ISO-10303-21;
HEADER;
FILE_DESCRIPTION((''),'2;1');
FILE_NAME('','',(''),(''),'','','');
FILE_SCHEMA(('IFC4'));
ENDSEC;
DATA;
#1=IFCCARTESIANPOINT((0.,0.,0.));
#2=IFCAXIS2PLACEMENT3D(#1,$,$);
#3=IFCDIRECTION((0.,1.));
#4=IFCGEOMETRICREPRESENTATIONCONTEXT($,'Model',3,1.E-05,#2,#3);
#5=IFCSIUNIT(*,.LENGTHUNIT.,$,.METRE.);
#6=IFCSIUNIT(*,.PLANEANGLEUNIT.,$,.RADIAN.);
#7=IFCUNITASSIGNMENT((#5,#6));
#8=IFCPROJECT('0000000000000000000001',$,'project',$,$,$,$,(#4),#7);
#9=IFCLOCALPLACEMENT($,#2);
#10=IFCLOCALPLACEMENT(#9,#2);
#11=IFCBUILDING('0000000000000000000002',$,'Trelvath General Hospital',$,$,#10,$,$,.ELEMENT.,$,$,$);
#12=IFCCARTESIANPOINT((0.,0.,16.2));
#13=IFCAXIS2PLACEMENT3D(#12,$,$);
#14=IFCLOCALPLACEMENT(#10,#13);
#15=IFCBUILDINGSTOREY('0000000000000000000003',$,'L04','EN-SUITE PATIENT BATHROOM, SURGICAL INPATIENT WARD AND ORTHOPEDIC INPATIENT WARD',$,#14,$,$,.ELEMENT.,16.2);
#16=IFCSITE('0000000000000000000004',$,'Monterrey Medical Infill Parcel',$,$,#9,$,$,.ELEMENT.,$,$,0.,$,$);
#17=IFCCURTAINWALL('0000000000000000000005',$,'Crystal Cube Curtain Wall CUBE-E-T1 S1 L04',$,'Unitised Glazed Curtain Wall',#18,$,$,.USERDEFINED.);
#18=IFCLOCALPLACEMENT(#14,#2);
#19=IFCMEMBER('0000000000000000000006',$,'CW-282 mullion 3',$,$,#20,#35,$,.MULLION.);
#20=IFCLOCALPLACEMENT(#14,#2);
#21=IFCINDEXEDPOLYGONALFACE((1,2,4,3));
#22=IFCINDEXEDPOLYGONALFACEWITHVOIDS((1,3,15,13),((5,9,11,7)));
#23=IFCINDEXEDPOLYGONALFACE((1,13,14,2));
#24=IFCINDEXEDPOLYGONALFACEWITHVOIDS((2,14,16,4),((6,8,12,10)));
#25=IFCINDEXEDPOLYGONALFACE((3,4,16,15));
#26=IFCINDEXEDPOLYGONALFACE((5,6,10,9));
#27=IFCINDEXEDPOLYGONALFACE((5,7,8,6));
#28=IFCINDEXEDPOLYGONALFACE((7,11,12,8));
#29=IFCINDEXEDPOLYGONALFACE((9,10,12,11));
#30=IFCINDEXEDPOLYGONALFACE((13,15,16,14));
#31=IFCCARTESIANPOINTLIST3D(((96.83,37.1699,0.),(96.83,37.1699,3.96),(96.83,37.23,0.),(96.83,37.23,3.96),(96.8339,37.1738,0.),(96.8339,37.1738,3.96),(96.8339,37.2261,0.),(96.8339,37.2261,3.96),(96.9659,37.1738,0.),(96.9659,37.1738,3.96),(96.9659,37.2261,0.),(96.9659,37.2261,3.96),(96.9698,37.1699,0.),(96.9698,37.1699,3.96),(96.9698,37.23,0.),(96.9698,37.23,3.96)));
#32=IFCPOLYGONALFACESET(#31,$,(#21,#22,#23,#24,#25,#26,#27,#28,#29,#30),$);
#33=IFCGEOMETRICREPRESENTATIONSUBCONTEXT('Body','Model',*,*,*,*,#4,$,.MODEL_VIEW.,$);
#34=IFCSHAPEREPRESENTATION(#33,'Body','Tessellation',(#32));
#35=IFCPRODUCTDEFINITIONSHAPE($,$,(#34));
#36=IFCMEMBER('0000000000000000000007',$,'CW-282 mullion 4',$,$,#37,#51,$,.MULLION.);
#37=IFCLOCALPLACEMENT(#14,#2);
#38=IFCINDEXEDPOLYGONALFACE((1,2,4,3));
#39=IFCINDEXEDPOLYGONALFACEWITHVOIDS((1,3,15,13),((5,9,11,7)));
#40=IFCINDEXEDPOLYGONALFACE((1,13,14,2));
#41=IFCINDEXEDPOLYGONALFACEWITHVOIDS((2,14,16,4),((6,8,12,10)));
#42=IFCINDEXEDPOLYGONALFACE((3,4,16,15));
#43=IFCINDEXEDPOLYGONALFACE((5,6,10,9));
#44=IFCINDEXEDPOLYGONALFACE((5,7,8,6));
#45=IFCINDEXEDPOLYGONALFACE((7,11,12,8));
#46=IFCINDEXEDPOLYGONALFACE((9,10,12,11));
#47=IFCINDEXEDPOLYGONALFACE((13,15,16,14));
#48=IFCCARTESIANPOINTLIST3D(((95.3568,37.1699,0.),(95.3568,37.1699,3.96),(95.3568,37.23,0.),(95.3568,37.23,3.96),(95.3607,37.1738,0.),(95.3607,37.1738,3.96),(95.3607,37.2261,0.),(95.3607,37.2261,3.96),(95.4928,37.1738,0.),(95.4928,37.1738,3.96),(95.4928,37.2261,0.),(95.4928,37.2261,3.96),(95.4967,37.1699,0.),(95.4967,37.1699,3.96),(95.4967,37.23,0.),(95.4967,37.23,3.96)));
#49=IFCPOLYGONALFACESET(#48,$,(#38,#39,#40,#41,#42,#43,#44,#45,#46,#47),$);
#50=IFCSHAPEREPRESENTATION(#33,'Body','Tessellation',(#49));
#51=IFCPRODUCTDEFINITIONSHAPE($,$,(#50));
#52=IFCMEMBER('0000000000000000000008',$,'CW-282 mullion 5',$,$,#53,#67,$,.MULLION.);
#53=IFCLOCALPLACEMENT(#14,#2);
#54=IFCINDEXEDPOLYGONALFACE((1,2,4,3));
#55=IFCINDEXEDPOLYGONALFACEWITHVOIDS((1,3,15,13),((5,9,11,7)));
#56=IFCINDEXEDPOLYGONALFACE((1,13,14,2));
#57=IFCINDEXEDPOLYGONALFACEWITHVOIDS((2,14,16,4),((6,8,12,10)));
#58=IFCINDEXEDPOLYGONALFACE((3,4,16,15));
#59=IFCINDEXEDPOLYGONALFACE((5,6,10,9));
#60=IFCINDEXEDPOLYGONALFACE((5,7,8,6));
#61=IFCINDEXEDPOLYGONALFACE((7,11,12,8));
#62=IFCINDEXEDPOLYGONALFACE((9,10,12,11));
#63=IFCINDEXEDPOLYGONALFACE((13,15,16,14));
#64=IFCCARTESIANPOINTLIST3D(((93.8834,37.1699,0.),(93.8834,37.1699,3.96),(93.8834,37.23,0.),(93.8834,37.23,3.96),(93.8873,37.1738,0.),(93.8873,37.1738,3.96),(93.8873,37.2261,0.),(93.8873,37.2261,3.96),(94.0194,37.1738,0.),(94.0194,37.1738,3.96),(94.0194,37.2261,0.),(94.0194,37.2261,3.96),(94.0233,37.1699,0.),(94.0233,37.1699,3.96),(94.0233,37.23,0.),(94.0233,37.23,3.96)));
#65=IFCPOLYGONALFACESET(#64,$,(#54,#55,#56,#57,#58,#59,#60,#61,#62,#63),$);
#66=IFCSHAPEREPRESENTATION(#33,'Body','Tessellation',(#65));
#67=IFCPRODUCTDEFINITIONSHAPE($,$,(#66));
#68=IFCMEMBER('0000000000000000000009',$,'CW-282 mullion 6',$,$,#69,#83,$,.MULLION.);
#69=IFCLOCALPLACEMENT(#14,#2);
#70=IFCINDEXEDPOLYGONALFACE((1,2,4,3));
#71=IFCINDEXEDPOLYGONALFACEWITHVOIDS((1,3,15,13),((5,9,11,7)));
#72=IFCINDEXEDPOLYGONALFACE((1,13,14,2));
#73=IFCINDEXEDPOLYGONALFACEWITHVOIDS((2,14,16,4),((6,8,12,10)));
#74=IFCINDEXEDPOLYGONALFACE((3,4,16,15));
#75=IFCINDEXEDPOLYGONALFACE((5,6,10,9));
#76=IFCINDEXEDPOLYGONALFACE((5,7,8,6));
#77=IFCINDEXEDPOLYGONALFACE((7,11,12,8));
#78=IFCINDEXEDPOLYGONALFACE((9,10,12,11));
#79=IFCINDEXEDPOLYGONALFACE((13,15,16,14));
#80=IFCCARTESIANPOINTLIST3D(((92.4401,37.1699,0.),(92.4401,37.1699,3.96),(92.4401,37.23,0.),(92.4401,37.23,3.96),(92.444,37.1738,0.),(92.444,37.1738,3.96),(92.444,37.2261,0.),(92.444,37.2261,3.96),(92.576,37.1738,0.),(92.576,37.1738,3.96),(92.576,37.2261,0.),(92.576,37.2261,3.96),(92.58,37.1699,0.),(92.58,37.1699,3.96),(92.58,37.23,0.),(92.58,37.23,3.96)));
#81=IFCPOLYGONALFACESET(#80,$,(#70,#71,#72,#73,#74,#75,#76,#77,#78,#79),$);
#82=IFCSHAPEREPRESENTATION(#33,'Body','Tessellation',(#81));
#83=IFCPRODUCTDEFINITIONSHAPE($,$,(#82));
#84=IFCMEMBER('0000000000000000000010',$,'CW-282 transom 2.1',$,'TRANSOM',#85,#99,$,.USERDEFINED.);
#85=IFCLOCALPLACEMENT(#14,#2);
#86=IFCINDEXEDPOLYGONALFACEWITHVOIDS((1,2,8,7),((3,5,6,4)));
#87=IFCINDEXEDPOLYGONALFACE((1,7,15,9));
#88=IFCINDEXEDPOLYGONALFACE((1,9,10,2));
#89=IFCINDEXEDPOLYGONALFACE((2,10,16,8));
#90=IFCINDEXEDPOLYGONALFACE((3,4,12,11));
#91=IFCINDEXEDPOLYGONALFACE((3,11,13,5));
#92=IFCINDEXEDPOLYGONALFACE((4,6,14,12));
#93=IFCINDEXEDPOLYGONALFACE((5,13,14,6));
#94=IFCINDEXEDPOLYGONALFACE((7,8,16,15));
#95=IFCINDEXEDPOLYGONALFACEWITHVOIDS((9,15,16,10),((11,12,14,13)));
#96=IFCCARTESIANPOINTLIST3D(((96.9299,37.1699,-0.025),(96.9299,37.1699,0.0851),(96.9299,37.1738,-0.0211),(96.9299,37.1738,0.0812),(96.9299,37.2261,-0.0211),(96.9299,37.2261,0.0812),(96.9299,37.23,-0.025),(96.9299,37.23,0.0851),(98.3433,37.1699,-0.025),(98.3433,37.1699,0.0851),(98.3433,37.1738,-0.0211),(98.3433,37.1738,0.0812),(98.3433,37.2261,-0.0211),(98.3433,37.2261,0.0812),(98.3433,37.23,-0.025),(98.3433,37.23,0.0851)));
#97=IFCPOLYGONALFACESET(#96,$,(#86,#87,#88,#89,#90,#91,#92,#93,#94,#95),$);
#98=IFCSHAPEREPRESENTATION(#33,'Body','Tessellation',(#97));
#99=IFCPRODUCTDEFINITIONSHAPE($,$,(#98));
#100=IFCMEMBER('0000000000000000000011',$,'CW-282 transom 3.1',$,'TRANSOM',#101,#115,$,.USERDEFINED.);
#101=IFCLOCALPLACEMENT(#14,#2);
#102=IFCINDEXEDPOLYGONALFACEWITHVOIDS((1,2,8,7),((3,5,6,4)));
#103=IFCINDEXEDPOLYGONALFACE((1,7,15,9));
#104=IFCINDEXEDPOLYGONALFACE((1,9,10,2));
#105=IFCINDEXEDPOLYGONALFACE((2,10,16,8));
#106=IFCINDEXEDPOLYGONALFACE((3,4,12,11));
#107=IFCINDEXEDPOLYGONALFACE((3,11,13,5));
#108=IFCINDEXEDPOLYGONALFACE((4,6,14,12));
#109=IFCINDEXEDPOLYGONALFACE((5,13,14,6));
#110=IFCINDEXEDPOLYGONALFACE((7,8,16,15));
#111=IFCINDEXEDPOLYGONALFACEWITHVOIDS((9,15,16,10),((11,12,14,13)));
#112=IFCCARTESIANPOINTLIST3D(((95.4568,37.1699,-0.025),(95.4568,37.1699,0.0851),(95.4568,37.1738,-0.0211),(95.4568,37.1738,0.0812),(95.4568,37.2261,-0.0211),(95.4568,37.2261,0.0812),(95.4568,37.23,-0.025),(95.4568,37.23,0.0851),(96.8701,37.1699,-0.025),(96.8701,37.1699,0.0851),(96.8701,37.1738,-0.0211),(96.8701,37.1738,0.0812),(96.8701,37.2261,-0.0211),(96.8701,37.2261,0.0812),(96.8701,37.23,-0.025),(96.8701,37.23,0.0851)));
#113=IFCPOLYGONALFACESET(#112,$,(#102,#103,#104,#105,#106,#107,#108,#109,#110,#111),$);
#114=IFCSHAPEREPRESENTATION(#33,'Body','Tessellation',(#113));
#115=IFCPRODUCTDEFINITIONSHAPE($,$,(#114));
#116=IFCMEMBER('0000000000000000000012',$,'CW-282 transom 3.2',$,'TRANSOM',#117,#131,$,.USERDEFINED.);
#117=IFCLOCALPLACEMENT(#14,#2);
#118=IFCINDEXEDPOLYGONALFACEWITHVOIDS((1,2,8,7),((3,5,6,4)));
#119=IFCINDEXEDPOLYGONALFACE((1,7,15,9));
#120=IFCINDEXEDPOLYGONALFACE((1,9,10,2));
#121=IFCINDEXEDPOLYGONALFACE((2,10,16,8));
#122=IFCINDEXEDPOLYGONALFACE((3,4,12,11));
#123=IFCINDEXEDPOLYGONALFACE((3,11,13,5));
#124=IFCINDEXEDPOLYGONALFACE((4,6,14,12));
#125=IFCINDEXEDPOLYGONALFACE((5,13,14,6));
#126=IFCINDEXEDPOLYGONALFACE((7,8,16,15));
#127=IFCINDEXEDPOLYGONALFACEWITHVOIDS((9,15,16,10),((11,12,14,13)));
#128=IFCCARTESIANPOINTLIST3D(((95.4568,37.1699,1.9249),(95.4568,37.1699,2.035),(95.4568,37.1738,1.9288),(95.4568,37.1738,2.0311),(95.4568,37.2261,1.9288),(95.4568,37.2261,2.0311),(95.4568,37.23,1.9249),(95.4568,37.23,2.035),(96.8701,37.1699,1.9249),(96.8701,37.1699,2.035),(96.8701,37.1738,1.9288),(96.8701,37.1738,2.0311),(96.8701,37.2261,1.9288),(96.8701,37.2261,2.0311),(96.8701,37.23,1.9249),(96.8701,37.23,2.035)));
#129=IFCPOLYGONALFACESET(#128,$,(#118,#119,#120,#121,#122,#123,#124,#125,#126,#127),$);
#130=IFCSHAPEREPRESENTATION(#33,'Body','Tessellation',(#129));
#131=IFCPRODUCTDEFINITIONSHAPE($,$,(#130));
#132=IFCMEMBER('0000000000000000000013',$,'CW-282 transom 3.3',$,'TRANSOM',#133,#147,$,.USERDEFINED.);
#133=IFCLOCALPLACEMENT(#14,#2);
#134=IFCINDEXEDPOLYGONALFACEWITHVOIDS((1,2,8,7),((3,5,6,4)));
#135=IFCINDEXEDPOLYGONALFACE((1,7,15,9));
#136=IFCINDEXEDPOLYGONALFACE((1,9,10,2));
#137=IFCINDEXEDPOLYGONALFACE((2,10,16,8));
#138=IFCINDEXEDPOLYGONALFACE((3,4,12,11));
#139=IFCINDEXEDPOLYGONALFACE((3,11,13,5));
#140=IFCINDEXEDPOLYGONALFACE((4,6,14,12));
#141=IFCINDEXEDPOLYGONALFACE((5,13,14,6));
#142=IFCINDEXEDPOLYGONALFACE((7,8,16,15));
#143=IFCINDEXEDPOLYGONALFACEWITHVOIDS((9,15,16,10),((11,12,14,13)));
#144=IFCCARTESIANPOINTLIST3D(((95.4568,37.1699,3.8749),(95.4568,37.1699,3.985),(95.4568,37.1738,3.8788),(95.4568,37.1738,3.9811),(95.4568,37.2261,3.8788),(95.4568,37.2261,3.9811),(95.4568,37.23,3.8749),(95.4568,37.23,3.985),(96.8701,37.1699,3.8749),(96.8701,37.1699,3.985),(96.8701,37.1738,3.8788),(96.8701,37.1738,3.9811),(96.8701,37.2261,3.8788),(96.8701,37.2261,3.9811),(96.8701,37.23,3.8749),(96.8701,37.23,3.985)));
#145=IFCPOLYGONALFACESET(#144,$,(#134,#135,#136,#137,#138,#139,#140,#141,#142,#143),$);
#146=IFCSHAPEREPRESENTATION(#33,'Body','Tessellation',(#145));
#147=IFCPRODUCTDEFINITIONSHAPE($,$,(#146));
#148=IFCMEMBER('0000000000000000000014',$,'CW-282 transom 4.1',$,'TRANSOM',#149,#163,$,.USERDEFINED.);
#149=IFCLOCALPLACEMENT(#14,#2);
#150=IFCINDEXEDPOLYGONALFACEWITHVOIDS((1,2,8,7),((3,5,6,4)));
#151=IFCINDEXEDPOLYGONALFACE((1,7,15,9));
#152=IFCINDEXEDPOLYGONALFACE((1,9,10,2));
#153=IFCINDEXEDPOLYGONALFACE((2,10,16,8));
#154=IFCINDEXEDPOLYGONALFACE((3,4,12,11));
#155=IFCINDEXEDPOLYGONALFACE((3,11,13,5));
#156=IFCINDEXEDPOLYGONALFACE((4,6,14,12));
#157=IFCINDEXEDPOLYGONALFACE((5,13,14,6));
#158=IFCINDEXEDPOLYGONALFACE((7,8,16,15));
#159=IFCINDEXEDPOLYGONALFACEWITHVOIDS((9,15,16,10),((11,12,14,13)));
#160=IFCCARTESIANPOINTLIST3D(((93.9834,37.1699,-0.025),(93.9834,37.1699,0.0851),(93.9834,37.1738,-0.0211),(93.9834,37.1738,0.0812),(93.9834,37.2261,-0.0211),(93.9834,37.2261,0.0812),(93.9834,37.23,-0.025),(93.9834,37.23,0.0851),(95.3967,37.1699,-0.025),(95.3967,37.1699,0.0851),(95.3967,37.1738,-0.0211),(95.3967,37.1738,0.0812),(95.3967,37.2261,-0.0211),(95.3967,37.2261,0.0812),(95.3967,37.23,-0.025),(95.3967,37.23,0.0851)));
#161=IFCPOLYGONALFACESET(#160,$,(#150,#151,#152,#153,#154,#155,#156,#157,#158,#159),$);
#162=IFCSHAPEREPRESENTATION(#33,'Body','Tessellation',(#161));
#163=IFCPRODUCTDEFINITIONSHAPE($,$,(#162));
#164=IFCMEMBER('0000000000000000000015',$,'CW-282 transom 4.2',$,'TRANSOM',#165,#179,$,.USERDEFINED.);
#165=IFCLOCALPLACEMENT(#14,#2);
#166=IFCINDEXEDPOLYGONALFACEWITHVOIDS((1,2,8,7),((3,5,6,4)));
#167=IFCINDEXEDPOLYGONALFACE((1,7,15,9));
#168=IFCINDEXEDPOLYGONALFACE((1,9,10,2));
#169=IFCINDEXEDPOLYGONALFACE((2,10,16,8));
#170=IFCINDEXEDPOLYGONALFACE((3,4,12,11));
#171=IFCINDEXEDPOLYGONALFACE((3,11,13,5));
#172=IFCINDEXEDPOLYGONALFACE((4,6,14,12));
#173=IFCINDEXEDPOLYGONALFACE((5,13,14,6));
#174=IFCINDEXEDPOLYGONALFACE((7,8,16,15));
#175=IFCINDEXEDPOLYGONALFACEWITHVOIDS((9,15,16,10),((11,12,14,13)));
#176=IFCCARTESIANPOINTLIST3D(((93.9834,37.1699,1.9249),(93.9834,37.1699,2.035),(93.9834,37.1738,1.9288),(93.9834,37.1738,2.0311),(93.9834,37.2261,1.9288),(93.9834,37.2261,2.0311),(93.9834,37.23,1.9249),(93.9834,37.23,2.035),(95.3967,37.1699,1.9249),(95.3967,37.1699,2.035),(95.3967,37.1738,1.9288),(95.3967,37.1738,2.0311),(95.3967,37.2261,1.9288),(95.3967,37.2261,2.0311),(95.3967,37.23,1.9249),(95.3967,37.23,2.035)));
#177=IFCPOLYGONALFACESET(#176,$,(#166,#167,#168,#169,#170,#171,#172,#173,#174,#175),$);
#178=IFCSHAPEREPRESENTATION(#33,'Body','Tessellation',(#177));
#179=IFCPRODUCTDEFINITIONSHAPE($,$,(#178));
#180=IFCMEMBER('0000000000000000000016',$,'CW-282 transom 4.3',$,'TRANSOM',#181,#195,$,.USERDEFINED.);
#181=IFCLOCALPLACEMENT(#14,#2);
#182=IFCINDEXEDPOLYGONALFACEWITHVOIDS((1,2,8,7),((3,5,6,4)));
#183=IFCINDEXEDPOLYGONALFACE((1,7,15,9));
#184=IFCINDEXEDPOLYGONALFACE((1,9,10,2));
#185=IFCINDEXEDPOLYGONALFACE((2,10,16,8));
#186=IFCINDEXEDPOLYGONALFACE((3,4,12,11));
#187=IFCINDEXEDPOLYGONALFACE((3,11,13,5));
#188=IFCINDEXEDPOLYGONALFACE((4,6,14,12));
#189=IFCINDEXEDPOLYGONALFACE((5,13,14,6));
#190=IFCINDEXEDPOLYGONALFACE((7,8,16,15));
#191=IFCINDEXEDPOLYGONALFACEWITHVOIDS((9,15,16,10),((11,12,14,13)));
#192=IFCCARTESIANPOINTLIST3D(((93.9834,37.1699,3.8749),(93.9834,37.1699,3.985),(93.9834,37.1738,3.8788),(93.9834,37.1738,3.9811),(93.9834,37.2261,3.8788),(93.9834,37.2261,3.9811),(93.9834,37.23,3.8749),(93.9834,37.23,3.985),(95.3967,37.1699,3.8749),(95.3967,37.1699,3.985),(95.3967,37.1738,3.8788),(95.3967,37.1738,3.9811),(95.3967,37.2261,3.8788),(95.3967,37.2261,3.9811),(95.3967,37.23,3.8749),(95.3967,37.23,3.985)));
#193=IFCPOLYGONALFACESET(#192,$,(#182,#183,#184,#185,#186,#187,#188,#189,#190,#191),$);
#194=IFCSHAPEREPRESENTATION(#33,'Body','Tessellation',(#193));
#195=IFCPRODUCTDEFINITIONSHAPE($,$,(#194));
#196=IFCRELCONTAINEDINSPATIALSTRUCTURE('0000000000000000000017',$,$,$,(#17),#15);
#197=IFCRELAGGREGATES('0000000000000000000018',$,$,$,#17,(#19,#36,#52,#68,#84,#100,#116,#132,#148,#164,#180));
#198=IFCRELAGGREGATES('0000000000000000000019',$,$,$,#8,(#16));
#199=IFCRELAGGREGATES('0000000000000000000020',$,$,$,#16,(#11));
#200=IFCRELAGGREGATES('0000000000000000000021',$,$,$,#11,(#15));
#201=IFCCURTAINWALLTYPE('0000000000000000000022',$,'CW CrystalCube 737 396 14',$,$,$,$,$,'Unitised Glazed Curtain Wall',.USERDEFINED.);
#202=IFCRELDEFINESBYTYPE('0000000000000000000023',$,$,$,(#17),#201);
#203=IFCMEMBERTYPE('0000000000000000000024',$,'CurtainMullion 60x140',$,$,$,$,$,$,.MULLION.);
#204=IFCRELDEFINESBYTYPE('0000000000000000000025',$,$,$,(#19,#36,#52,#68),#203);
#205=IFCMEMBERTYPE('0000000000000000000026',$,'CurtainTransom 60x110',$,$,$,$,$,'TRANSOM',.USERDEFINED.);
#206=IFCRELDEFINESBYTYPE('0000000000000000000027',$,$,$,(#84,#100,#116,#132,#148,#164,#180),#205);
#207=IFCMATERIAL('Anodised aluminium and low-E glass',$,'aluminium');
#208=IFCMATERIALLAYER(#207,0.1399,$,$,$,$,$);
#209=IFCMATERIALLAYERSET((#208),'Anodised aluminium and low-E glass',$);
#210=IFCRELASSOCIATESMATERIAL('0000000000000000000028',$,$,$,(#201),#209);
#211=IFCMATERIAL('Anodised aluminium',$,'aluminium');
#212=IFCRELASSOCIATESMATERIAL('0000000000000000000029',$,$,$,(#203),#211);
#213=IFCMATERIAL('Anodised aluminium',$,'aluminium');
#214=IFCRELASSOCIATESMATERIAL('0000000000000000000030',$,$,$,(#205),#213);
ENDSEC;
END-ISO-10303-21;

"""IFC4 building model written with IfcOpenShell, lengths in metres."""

from ifc_helpers import new_model, si_unit, direction, frame, origin, origin_2d, place, context, subcontext, project, spatial, hollow_rectangle, extrude, material, layer, layer_set, material_profile, profile_set, type_object, element, aggregate, save


model = new_model("IFC4")

# Units and contexts
model_context = context("Model", 3, precision=1e-05, world=origin(), true_north=direction((0.0, 1.0)))
body_context = subcontext(model_context, "Body", "Model", "MODEL_VIEW")
ifc_project = project(units=[si_unit("LENGTHUNIT", "METRE"), si_unit("PLANEANGLEUNIT", "RADIAN")], contexts=[model_context])

# Site, building, storey
site_placement = place(None, origin())
site = spatial("IfcSite", under=ifc_project, at=site_placement, Name="Monterrey Medical Infill Parcel", CompositionType="ELEMENT", RefElevation=0.0)
building_placement = place(site_placement, origin())
building = spatial("IfcBuilding", under=site, at=building_placement, Name="Trelvath General Hospital", CompositionType="ELEMENT")
storey_placement = place(building_placement, frame((0.0, 0.0, 16.2)))
storey = spatial("IfcBuildingStorey", under=building, at=storey_placement, Name="L04", Description="EN-SUITE PATIENT BATHROOM, SURGICAL INPATIENT WARD AND ORTHOPEDIC INPATIENT WARD", CompositionType="ELEMENT", Elevation=16.2)

# Curtain wall, members
ifc_material_1 = material(Name="Anodised aluminium and low-E glass", Category="aluminium")
ifc_layer_1 = layer(ifc_material_1, 0.1399)
ifc_layer_set_1 = layer_set([ifc_layer_1], Name="Anodised aluminium and low-E glass")
curtain_wall_type = type_object("IfcCurtainWallType", Name="CW CrystalCube 737 396 14", ElementType="Unitised Glazed Curtain Wall", PredefinedType="USERDEFINED", material=ifc_layer_set_1)
curtain_wall_placement = place(storey_placement, origin())
curtain_wall = element("IfcCurtainWall", 1, at=curtain_wall_placement, inside=storey, type_object=curtain_wall_type, Name="Crystal Cube Curtain Wall CUBE-E-T1 S1 L04", ObjectType="Unitised Glazed Curtain Wall", PredefinedType="USERDEFINED")
ifc_material_2 = material(Name="Anodised aluminium", Category="aluminium")
ifc_material_profile_1 = material_profile(ifc_material_2, hollow_rectangle(XDim=0.0601, YDim=0.1399, WallThickness=0.0039, at=origin_2d()), Name="RHS60x140x4")
ifc_profile_set_1 = profile_set([ifc_material_profile_1], Name="Anodised aluminium")
member_type_1 = type_object("IfcMemberType", Name="CurtainMullion 60x140", PredefinedType="MULLION", material=ifc_profile_set_1)
member_1_placement = place(storey_placement, frame((96.8999, 37.2, 0.0), z_axis=(0.0, 0.0, 1.0), x_axis=(0.0, -1.0, 0.0)))
member_1 = element("IfcMember", 2, at=member_1_placement, type_object=member_type_1, Name="CW-282 mullion 3", PredefinedType="MULLION", context=body_context, shape_type="SweptSolid", body=[
    extrude(hollow_rectangle(XDim=0.0601, YDim=0.1399, WallThickness=0.0039, at=origin_2d()), origin(), (0.0, 0.0, 1.0), 3.96),
])
member_2_placement = place(storey_placement, frame((95.4268, 37.2, 0.0), z_axis=(0.0, 0.0, 1.0), x_axis=(0.0, -1.0, 0.0)))
member_2 = element("IfcMember", 3, at=member_2_placement, type_object=member_type_1, Name="CW-282 mullion 4", PredefinedType="MULLION", context=body_context, shape_type="SweptSolid", body=[
    extrude(hollow_rectangle(XDim=0.0601, YDim=0.1399, WallThickness=0.0039, at=origin_2d()), origin(), (0.0, 0.0, 1.0), 3.96),
])
member_3_placement = place(storey_placement, frame((93.9534, 37.2, 0.0), z_axis=(0.0, 0.0, 1.0), x_axis=(0.0, -1.0, 0.0)))
member_3 = element("IfcMember", 4, at=member_3_placement, type_object=member_type_1, Name="CW-282 mullion 5", PredefinedType="MULLION", context=body_context, shape_type="SweptSolid", body=[
    extrude(hollow_rectangle(XDim=0.0601, YDim=0.1399, WallThickness=0.0039, at=origin_2d()), origin(), (0.0, 0.0, 1.0), 3.96),
])
member_4_placement = place(storey_placement, frame((92.51, 37.2, 0.0), z_axis=(0.0, 0.0, 1.0), x_axis=(0.0, -1.0, 0.0)))
member_4 = element("IfcMember", 5, at=member_4_placement, type_object=member_type_1, Name="CW-282 mullion 6", PredefinedType="MULLION", context=body_context, shape_type="SweptSolid", body=[
    extrude(hollow_rectangle(XDim=0.0601, YDim=0.1399, WallThickness=0.0039, at=origin_2d()), origin(), (0.0, 0.0, 1.0), 3.96),
])
ifc_material_3 = material(Name="Anodised aluminium", Category="aluminium")
ifc_material_profile_2 = material_profile(ifc_material_3, hollow_rectangle(XDim=0.0601, YDim=0.1101, WallThickness=0.0039, at=origin_2d()), Name="RHS60x110x4")
ifc_profile_set_2 = profile_set([ifc_material_profile_2], Name="Anodised aluminium")
member_type_2 = type_object("IfcMemberType", Name="CurtainTransom 60x110", ElementType="TRANSOM", PredefinedType="USERDEFINED", material=ifc_profile_set_2)
member_5_placement = place(storey_placement, frame((98.3433, 37.2, 0.03), z_axis=(-1.0, 0.0, 0.0), x_axis=(0.0, -1.0, 0.0)))
member_5 = element("IfcMember", 6, at=member_5_placement, type_object=member_type_2, Name="CW-282 transom 2.1", ObjectType="TRANSOM", PredefinedType="USERDEFINED", context=body_context, shape_type="SweptSolid", body=[
    extrude(hollow_rectangle(XDim=0.0601, YDim=0.1101, WallThickness=0.0039, at=origin_2d()), origin(), (0.0, 0.0, 1.0), 1.4133),
])
member_6_placement = place(storey_placement, frame((96.8701, 37.2, 0.03), z_axis=(-1.0, 0.0, 0.0), x_axis=(0.0, -1.0, 0.0)))
member_6 = element("IfcMember", 7, at=member_6_placement, type_object=member_type_2, Name="CW-282 transom 3.1", ObjectType="TRANSOM", PredefinedType="USERDEFINED", context=body_context, shape_type="SweptSolid", body=[
    extrude(hollow_rectangle(XDim=0.0601, YDim=0.1101, WallThickness=0.0039, at=origin_2d()), origin(), (0.0, 0.0, 1.0), 1.4133),
])
member_7_placement = place(storey_placement, frame((96.8701, 37.2, 1.98), z_axis=(-1.0, 0.0, 0.0), x_axis=(0.0, -1.0, 0.0)))
member_7 = element("IfcMember", 8, at=member_7_placement, type_object=member_type_2, Name="CW-282 transom 3.2", ObjectType="TRANSOM", PredefinedType="USERDEFINED", context=body_context, shape_type="SweptSolid", body=[
    extrude(hollow_rectangle(XDim=0.0601, YDim=0.1101, WallThickness=0.0039, at=origin_2d()), origin(), (0.0, 0.0, 1.0), 1.4133),
])
member_8_placement = place(storey_placement, frame((96.8701, 37.2, 3.9299), z_axis=(-1.0, 0.0, 0.0), x_axis=(0.0, -1.0, 0.0)))
member_8 = element("IfcMember", 9, at=member_8_placement, type_object=member_type_2, Name="CW-282 transom 3.3", ObjectType="TRANSOM", PredefinedType="USERDEFINED", context=body_context, shape_type="SweptSolid", body=[
    extrude(hollow_rectangle(XDim=0.0601, YDim=0.1101, WallThickness=0.0039, at=origin_2d()), origin(), (0.0, 0.0, 1.0), 1.4133),
])
member_9_placement = place(storey_placement, frame((95.3967, 37.2, 0.03), z_axis=(-1.0, 0.0, 0.0), x_axis=(0.0, -1.0, 0.0)))
member_9 = element("IfcMember", 10, at=member_9_placement, type_object=member_type_2, Name="CW-282 transom 4.1", ObjectType="TRANSOM", PredefinedType="USERDEFINED", context=body_context, shape_type="SweptSolid", body=[
    extrude(hollow_rectangle(XDim=0.0601, YDim=0.1101, WallThickness=0.0039, at=origin_2d()), origin(), (0.0, 0.0, 1.0), 1.4133),
])
member_10_placement = place(storey_placement, frame((95.3967, 37.2, 1.98), z_axis=(-1.0, 0.0, 0.0), x_axis=(0.0, -1.0, 0.0)))
member_10 = element("IfcMember", 11, at=member_10_placement, type_object=member_type_2, Name="CW-282 transom 4.2", ObjectType="TRANSOM", PredefinedType="USERDEFINED", context=body_context, shape_type="SweptSolid", body=[
    extrude(hollow_rectangle(XDim=0.0601, YDim=0.1101, WallThickness=0.0039, at=origin_2d()), origin(), (0.0, 0.0, 1.0), 1.4133),
])
member_11_placement = place(storey_placement, frame((95.3967, 37.2, 3.9299), z_axis=(-1.0, 0.0, 0.0), x_axis=(0.0, -1.0, 0.0)))
member_11 = element("IfcMember", 12, at=member_11_placement, type_object=member_type_2, Name="CW-282 transom 4.3", ObjectType="TRANSOM", PredefinedType="USERDEFINED", context=body_context, shape_type="SweptSolid", body=[
    extrude(hollow_rectangle(XDim=0.0601, YDim=0.1101, WallThickness=0.0039, at=origin_2d()), origin(), (0.0, 0.0, 1.0), 1.4133),
])
aggregate(curtain_wall, [member_1, member_2, member_3, member_4, member_5, member_6, member_7, member_8, member_9, member_10, member_11])

save(model, "model.ifc")
